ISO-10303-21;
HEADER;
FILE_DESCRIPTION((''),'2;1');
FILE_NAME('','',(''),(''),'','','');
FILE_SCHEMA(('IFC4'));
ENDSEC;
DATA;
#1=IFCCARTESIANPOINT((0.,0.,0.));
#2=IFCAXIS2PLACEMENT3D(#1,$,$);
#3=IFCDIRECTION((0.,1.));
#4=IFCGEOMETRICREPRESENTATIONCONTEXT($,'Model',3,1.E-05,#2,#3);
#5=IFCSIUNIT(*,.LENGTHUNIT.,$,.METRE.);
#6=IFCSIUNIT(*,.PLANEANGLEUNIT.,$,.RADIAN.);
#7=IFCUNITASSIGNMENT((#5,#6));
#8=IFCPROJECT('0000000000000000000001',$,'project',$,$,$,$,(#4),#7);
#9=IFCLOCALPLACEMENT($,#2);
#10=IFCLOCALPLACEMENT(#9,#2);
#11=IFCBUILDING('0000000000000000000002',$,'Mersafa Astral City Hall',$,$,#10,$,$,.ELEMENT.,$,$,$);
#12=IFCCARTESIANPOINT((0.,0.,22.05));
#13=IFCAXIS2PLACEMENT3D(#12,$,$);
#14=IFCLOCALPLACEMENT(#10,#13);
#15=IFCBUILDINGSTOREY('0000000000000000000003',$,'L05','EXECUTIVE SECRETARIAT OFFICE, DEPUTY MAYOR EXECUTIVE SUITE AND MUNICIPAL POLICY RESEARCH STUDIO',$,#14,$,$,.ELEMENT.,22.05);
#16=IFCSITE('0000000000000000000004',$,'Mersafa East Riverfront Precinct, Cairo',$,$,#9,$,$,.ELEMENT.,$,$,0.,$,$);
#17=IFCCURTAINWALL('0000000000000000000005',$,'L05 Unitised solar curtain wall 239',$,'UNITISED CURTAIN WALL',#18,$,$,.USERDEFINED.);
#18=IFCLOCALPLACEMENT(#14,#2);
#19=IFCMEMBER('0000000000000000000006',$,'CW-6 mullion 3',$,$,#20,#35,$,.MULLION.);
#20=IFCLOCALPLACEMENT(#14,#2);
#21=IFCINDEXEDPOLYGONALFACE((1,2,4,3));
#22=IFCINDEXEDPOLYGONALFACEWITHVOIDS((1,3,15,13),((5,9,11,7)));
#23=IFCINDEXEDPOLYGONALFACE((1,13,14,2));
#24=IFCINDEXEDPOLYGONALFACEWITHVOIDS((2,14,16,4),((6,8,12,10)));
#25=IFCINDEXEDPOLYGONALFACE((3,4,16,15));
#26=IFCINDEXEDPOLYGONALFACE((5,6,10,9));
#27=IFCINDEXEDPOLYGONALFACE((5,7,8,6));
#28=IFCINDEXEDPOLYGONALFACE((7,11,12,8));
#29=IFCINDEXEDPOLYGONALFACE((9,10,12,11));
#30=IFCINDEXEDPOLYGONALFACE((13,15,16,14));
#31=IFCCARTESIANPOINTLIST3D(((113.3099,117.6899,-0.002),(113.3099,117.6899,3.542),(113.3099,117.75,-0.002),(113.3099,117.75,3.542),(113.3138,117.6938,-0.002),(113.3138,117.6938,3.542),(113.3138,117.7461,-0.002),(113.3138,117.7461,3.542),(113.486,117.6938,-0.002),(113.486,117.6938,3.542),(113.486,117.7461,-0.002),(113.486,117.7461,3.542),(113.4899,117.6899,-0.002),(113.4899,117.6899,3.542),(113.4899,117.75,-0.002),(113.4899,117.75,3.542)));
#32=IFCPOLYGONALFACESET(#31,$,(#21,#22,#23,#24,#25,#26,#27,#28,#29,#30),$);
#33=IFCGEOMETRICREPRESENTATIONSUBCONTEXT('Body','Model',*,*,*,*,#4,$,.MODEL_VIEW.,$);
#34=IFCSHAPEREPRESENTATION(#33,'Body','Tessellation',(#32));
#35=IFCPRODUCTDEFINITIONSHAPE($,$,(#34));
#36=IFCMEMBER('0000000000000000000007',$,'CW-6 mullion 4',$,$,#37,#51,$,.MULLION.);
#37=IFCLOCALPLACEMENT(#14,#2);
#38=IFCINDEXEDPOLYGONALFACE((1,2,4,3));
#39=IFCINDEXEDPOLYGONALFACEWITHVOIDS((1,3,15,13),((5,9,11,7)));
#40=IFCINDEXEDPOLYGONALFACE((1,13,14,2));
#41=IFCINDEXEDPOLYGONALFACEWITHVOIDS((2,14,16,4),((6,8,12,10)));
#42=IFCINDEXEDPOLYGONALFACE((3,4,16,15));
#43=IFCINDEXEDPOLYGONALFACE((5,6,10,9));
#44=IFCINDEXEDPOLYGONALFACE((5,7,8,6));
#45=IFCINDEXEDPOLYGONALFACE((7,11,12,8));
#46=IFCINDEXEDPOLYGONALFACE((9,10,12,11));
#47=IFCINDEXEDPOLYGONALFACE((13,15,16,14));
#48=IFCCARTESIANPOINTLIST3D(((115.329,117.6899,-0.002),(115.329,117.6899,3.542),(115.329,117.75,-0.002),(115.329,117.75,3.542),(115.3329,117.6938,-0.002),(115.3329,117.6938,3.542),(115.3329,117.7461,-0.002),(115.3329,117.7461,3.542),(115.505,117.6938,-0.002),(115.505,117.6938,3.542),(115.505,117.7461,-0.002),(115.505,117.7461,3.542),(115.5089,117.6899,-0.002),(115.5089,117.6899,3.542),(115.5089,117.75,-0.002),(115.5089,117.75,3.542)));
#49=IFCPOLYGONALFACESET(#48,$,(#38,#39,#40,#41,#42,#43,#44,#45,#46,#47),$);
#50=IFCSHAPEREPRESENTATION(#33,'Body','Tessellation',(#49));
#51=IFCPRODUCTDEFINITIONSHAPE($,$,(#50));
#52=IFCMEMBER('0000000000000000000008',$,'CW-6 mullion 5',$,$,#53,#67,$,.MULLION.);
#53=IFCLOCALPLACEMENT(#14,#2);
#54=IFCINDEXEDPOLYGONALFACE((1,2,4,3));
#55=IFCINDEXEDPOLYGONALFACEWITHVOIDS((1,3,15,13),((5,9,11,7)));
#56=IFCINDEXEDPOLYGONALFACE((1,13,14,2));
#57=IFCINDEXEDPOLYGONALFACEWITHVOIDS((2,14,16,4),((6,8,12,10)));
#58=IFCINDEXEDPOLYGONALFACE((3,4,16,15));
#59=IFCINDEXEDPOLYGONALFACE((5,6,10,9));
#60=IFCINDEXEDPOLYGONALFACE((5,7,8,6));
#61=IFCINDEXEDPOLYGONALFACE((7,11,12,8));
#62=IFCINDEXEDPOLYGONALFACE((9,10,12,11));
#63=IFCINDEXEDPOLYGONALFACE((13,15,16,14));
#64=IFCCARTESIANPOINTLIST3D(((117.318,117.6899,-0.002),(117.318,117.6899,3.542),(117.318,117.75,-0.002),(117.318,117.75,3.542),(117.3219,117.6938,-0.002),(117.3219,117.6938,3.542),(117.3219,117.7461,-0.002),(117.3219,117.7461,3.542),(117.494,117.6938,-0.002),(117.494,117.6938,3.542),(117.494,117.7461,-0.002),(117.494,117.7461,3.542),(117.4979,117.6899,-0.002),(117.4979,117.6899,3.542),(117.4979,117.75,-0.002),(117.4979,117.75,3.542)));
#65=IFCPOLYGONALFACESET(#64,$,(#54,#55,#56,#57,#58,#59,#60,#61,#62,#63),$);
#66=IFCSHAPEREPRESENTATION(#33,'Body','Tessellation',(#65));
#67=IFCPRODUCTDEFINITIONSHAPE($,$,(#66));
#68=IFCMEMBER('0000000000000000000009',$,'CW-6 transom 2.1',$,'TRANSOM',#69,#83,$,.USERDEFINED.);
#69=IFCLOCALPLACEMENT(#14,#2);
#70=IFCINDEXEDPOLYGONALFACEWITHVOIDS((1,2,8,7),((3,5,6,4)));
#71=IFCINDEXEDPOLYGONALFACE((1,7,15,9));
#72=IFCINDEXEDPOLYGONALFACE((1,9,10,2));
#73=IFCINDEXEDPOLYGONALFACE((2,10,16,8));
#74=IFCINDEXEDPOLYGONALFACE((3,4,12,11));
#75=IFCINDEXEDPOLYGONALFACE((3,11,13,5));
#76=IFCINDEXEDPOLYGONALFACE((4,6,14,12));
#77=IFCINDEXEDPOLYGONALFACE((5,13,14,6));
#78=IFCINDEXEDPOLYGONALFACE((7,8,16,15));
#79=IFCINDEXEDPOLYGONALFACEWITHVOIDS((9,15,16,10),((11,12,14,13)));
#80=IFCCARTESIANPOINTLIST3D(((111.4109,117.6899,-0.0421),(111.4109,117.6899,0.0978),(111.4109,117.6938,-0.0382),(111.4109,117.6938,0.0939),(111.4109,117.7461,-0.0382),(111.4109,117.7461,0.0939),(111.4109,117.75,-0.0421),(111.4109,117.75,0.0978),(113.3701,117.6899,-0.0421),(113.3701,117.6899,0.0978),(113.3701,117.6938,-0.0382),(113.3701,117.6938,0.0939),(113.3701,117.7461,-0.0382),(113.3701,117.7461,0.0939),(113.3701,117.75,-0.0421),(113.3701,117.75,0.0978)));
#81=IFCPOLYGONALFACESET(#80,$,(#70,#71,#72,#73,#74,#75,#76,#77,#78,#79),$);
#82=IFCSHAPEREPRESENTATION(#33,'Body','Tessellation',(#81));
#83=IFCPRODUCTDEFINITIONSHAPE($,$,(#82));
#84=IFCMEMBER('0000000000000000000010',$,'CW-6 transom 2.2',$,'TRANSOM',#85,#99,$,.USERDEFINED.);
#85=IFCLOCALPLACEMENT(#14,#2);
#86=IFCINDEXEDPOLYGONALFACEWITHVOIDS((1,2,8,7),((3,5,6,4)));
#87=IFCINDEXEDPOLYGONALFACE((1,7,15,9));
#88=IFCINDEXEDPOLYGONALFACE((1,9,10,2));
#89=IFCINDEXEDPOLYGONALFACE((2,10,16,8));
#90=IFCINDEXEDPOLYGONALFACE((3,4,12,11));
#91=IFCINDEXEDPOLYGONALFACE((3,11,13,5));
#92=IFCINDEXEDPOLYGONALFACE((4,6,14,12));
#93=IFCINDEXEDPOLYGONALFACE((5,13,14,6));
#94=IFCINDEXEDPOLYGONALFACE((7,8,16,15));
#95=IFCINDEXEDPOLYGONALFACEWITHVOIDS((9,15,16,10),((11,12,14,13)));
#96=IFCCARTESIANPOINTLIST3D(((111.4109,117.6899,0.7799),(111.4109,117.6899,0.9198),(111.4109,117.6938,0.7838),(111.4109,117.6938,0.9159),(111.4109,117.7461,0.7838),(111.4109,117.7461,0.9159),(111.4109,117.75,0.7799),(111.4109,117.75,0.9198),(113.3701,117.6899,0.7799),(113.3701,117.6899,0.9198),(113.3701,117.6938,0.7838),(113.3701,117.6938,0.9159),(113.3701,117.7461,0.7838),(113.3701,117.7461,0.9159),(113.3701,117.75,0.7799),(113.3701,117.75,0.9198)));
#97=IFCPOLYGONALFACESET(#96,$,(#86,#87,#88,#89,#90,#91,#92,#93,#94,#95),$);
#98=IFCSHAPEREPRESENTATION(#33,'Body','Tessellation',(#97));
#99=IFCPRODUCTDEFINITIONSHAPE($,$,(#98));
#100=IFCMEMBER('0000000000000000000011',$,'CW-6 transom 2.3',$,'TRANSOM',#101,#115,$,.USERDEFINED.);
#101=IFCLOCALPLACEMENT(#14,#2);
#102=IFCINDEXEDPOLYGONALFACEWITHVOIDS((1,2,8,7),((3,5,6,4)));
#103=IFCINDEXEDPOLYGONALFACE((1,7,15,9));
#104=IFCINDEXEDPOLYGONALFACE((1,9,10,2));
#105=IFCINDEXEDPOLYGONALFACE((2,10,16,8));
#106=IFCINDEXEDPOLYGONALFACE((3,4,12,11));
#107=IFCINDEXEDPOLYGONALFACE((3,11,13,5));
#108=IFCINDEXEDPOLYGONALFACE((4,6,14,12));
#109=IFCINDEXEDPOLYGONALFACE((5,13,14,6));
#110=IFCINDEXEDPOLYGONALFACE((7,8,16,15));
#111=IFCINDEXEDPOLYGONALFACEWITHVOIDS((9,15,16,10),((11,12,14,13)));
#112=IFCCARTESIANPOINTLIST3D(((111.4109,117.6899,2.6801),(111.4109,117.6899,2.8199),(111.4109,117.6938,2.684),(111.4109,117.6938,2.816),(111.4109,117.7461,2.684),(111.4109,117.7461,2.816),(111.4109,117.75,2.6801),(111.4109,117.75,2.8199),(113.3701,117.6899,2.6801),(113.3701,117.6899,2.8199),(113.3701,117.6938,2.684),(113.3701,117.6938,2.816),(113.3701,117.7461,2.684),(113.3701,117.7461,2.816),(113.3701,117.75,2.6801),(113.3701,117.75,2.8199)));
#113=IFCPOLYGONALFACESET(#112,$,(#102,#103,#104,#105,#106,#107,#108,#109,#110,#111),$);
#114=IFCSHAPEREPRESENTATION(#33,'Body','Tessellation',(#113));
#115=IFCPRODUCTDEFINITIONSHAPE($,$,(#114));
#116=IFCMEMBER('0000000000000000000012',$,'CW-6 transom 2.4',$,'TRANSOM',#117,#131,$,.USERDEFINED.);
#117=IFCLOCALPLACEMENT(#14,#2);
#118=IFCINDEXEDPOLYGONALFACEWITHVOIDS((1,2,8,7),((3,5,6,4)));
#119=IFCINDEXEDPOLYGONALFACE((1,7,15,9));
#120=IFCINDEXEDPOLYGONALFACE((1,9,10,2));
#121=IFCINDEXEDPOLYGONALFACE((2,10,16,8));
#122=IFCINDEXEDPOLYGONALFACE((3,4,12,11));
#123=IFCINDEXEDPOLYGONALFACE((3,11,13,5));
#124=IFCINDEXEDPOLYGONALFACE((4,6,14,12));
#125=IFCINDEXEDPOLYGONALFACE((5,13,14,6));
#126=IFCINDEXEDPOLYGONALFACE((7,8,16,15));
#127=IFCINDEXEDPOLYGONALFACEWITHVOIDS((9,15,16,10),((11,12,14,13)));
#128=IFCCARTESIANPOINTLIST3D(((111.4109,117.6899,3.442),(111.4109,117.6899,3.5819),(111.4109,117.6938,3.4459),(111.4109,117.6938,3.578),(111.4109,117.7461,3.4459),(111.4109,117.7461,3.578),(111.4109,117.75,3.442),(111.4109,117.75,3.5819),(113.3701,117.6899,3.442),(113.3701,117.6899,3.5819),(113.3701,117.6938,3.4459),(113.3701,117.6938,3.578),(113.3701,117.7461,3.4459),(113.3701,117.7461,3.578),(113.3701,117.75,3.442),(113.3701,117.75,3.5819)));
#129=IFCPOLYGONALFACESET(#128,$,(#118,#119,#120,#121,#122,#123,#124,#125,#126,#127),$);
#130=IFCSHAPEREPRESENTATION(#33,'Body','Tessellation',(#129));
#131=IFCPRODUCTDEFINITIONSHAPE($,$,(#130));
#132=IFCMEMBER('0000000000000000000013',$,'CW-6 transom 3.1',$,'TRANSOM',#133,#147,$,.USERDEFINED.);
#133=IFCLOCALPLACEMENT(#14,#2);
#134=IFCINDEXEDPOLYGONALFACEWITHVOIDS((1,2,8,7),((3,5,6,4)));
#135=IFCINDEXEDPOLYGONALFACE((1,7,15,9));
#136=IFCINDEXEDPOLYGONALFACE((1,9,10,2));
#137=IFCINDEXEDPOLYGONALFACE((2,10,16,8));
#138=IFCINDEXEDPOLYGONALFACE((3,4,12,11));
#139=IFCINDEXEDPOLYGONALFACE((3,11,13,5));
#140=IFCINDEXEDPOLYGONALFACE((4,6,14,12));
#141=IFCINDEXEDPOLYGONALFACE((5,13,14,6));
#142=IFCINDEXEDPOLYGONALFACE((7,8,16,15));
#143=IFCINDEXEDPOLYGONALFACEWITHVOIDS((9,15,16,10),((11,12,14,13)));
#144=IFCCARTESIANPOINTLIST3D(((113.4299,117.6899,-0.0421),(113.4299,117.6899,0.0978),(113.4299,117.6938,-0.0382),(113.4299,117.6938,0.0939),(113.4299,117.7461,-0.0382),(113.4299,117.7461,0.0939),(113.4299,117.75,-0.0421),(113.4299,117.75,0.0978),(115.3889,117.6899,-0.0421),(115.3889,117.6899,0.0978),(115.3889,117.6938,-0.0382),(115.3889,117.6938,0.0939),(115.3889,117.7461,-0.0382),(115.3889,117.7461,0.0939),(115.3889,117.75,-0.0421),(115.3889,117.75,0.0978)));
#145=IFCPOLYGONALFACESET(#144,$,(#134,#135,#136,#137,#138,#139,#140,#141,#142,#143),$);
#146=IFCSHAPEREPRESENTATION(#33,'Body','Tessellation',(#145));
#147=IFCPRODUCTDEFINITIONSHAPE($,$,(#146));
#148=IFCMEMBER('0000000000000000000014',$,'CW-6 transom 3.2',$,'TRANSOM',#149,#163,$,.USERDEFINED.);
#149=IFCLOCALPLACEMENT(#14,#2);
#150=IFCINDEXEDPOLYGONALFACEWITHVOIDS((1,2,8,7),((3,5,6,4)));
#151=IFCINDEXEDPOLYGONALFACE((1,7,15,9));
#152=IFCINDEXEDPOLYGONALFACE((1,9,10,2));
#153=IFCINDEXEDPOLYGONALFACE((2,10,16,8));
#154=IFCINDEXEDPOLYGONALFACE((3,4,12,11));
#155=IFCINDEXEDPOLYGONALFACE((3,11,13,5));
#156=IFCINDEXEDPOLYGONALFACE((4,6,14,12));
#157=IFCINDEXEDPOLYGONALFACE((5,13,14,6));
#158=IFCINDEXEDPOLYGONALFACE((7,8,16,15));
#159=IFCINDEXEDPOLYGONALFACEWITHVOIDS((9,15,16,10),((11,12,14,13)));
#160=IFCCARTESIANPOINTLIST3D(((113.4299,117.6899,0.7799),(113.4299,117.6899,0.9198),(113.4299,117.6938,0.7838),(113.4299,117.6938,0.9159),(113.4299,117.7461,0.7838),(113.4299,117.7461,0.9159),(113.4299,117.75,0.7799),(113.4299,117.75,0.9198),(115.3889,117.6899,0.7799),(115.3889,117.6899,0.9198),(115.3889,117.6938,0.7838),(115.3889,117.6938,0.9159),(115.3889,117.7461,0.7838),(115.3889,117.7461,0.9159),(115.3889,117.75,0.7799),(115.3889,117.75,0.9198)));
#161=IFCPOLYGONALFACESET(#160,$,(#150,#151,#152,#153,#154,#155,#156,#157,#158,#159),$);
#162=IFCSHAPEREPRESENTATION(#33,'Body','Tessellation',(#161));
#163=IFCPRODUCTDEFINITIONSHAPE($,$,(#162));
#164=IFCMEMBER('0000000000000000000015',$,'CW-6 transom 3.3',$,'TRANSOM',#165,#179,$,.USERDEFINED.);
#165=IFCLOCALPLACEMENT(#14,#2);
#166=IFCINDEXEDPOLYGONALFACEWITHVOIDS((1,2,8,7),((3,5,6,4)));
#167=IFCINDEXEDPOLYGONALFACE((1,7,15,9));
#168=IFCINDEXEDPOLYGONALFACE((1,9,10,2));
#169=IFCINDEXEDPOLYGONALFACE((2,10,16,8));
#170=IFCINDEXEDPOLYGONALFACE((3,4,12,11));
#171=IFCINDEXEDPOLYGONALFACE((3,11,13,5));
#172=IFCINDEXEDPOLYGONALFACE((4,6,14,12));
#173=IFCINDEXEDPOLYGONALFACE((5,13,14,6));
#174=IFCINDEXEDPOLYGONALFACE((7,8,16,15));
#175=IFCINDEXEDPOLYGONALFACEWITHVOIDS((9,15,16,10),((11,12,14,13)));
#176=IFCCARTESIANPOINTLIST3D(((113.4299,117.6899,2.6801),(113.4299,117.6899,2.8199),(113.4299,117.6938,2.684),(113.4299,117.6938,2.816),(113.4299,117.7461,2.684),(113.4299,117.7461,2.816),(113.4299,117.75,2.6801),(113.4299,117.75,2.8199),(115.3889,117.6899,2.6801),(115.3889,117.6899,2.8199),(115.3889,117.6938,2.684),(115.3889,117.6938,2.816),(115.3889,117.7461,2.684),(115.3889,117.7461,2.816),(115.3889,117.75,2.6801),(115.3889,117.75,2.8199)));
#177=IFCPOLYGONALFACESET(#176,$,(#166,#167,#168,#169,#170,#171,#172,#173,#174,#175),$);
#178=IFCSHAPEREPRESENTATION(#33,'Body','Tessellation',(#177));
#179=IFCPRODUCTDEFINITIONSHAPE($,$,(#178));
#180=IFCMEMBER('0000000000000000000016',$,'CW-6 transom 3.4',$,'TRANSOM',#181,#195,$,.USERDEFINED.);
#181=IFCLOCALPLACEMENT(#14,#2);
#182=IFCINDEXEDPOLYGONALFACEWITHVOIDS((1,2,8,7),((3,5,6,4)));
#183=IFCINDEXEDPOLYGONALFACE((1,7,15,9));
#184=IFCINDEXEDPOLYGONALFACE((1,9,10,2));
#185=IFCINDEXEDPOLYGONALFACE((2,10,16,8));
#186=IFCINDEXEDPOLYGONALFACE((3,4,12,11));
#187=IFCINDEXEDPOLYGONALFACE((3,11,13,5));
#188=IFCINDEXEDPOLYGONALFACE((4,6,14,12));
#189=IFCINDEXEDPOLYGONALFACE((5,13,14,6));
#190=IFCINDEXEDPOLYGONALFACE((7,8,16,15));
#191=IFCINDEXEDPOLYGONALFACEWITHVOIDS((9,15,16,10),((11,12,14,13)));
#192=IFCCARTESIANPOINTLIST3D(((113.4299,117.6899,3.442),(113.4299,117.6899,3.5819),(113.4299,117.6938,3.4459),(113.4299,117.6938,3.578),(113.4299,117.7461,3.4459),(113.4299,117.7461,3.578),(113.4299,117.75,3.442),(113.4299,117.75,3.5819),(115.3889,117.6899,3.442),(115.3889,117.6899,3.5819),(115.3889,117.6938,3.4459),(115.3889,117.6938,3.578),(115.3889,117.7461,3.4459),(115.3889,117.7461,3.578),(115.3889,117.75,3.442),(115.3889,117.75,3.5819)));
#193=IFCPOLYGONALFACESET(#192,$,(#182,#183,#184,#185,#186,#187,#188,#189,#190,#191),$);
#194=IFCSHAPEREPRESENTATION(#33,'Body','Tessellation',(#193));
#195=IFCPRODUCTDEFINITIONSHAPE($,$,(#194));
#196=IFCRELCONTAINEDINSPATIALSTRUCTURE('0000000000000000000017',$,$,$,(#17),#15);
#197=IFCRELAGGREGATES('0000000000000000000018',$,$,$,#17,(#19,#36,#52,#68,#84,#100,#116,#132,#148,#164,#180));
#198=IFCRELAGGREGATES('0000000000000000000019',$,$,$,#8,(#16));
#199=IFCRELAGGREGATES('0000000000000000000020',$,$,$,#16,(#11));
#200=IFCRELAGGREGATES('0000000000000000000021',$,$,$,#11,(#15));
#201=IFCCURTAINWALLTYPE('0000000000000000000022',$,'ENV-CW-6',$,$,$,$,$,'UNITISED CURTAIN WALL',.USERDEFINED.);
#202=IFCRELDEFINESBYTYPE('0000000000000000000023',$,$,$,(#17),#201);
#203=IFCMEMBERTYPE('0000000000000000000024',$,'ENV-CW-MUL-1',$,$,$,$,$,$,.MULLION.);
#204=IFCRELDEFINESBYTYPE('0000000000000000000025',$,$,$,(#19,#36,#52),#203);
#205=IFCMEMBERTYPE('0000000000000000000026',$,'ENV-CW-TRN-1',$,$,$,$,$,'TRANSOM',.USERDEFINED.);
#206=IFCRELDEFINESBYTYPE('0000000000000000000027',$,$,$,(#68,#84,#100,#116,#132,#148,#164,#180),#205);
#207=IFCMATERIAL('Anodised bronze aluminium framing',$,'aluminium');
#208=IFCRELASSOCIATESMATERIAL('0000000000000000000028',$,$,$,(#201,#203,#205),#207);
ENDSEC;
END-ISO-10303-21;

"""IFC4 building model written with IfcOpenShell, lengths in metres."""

from ifc_helpers import new_model, si_unit, direction, frame, origin, origin_2d, place, context, subcontext, project, spatial, hollow_rectangle, extrude, material, material_profile, profile_set, type_object, element, aggregate, save


model = new_model("IFC4")

# Units and contexts
model_context = context("Model", 3, precision=1e-05, world=origin(), true_north=direction((0.0, 1.0)))
body_context = subcontext(model_context, "Body", "Model", "MODEL_VIEW")
ifc_project = project(units=[si_unit("LENGTHUNIT", "METRE"), si_unit("PLANEANGLEUNIT", "RADIAN")], contexts=[model_context])

# Site, building, storey
site_placement = place(None, origin())
site = spatial("IfcSite", under=ifc_project, at=site_placement, Name="Mersafa East Riverfront Precinct, Cairo", CompositionType="ELEMENT", RefElevation=0.0)
building_placement = place(site_placement, origin())
building = spatial("IfcBuilding", under=site, at=building_placement, Name="Mersafa Astral City Hall", CompositionType="ELEMENT")
storey_placement = place(building_placement, frame((0.0, 0.0, 22.05)))
storey = spatial("IfcBuildingStorey", under=building, at=storey_placement, Name="L05", Description="EXECUTIVE SECRETARIAT OFFICE, DEPUTY MAYOR EXECUTIVE SUITE AND MUNICIPAL POLICY RESEARCH STUDIO", CompositionType="ELEMENT", Elevation=22.05)

# Curtain wall, members
ifc_material_1 = material(Name="Anodised bronze aluminium framing", Category="aluminium")
curtain_wall_type = type_object("IfcCurtainWallType", Name="ENV-CW-6", ElementType="UNITISED CURTAIN WALL", PredefinedType="USERDEFINED", material=ifc_material_1)
curtain_wall_placement = place(storey_placement, origin())
curtain_wall = element("IfcCurtainWall", 1, at=curtain_wall_placement, inside=storey, type_object=curtain_wall_type, Name="L05 Unitised solar curtain wall 239", ObjectType="UNITISED CURTAIN WALL", PredefinedType="USERDEFINED")
ifc_material_profile_1 = material_profile(ifc_material_1, hollow_rectangle(XDim=0.0601, YDim=0.1799, WallThickness=0.0039, at=origin_2d()), Name="RHS 60x180x4")
ifc_profile_set_1 = profile_set([ifc_material_profile_1], Name="Anodised bronze aluminium framing")
member_type_1 = type_object("IfcMemberType", Name="ENV-CW-MUL-1", PredefinedType="MULLION", material=ifc_profile_set_1)
member_1_placement = place(storey_placement, frame((113.3999, 117.72, -0.002), z_axis=(0.0, 0.0, 1.0), x_axis=(0.0, 1.0, 0.0)))
member_1 = element("IfcMember", 2, at=member_1_placement, type_object=member_type_1, Name="CW-6 mullion 3", PredefinedType="MULLION", context=body_context, shape_type="SweptSolid", body=[
    extrude(hollow_rectangle(XDim=0.0601, YDim=0.1799, WallThickness=0.0039, at=origin_2d()), origin(), (0.0, 0.0, 1.0), 3.5439),
])
member_2_placement = place(storey_placement, frame((115.4189, 117.72, -0.002), z_axis=(0.0, 0.0, 1.0), x_axis=(0.0, 1.0, 0.0)))
member_2 = element("IfcMember", 3, at=member_2_placement, type_object=member_type_1, Name="CW-6 mullion 4", PredefinedType="MULLION", context=body_context, shape_type="SweptSolid", body=[
    extrude(hollow_rectangle(XDim=0.0601, YDim=0.1799, WallThickness=0.0039, at=origin_2d()), origin(), (0.0, 0.0, 1.0), 3.5439),
])
member_3_placement = place(storey_placement, frame((117.408, 117.72, -0.002), z_axis=(0.0, 0.0, 1.0), x_axis=(0.0, 1.0, 0.0)))
member_3 = element("IfcMember", 4, at=member_3_placement, type_object=member_type_1, Name="CW-6 mullion 5", PredefinedType="MULLION", context=body_context, shape_type="SweptSolid", body=[
    extrude(hollow_rectangle(XDim=0.0601, YDim=0.1799, WallThickness=0.0039, at=origin_2d()), origin(), (0.0, 0.0, 1.0), 3.5439),
])
ifc_material_profile_2 = material_profile(ifc_material_1, hollow_rectangle(XDim=0.0601, YDim=0.1399, WallThickness=0.0039, at=origin_2d()), Name="RHS 60x140x4")
ifc_profile_set_2 = profile_set([ifc_material_profile_2], Name="Anodised bronze aluminium framing")
member_type_2 = type_object("IfcMemberType", Name="ENV-CW-TRN-1", ElementType="TRANSOM", PredefinedType="USERDEFINED", material=ifc_profile_set_2)
member_4_placement = place(storey_placement, frame((111.4109, 117.72, 0.0278), z_axis=(1.0, 0.0, 0.0), x_axis=(0.0, 1.0, 0.0)))
member_4 = element("IfcMember", 5, at=member_4_placement, type_object=member_type_2, Name="CW-6 transom 2.1", ObjectType="TRANSOM", PredefinedType="USERDEFINED", context=body_context, shape_type="SweptSolid", body=[
    extrude(hollow_rectangle(XDim=0.0601, YDim=0.1399, WallThickness=0.0039, at=origin_2d()), origin(), (0.0, 0.0, 1.0), 1.9592),
])
member_5_placement = place(storey_placement, frame((111.4109, 117.72, 0.8499), z_axis=(1.0, 0.0, 0.0), x_axis=(0.0, 1.0, 0.0)))
member_5 = element("IfcMember", 6, at=member_5_placement, type_object=member_type_2, Name="CW-6 transom 2.2", ObjectType="TRANSOM", PredefinedType="USERDEFINED", context=body_context, shape_type="SweptSolid", body=[
    extrude(hollow_rectangle(XDim=0.0601, YDim=0.1399, WallThickness=0.0039, at=origin_2d()), origin(), (0.0, 0.0, 1.0), 1.9592),
])
member_6_placement = place(storey_placement, frame((111.4109, 117.72, 2.75), z_axis=(1.0, 0.0, 0.0), x_axis=(0.0, 1.0, 0.0)))
member_6 = element("IfcMember", 7, at=member_6_placement, type_object=member_type_2, Name="CW-6 transom 2.3", ObjectType="TRANSOM", PredefinedType="USERDEFINED", context=body_context, shape_type="SweptSolid", body=[
    extrude(hollow_rectangle(XDim=0.0601, YDim=0.1399, WallThickness=0.0039, at=origin_2d()), origin(), (0.0, 0.0, 1.0), 1.9592),
])
member_7_placement = place(storey_placement, frame((111.4109, 117.72, 3.512), z_axis=(1.0, 0.0, 0.0), x_axis=(0.0, 1.0, 0.0)))
member_7 = element("IfcMember", 8, at=member_7_placement, type_object=member_type_2, Name="CW-6 transom 2.4", ObjectType="TRANSOM", PredefinedType="USERDEFINED", context=body_context, shape_type="SweptSolid", body=[
    extrude(hollow_rectangle(XDim=0.0601, YDim=0.1399, WallThickness=0.0039, at=origin_2d()), origin(), (0.0, 0.0, 1.0), 1.9592),
])
member_8_placement = place(storey_placement, frame((113.4299, 117.72, 0.0278), z_axis=(1.0, 0.0, 0.0), x_axis=(0.0, 1.0, 0.0)))
member_8 = element("IfcMember", 9, at=member_8_placement, type_object=member_type_2, Name="CW-6 transom 3.1", ObjectType="TRANSOM", PredefinedType="USERDEFINED", context=body_context, shape_type="SweptSolid", body=[
    extrude(hollow_rectangle(XDim=0.0601, YDim=0.1399, WallThickness=0.0039, at=origin_2d()), origin(), (0.0, 0.0, 1.0), 1.959),
])
member_9_placement = place(storey_placement, frame((113.4299, 117.72, 0.8499), z_axis=(1.0, 0.0, 0.0), x_axis=(0.0, 1.0, 0.0)))
member_9 = element("IfcMember", 10, at=member_9_placement, type_object=member_type_2, Name="CW-6 transom 3.2", ObjectType="TRANSOM", PredefinedType="USERDEFINED", context=body_context, shape_type="SweptSolid", body=[
    extrude(hollow_rectangle(XDim=0.0601, YDim=0.1399, WallThickness=0.0039, at=origin_2d()), origin(), (0.0, 0.0, 1.0), 1.959),
])
member_10_placement = place(storey_placement, frame((113.4299, 117.72, 2.75), z_axis=(1.0, 0.0, 0.0), x_axis=(0.0, 1.0, 0.0)))
member_10 = element("IfcMember", 11, at=member_10_placement, type_object=member_type_2, Name="CW-6 transom 3.3", ObjectType="TRANSOM", PredefinedType="USERDEFINED", context=body_context, shape_type="SweptSolid", body=[
    extrude(hollow_rectangle(XDim=0.0601, YDim=0.1399, WallThickness=0.0039, at=origin_2d()), origin(), (0.0, 0.0, 1.0), 1.959),
])
member_11_placement = place(storey_placement, frame((113.4299, 117.72, 3.512), z_axis=(1.0, 0.0, 0.0), x_axis=(0.0, 1.0, 0.0)))
member_11 = element("IfcMember", 12, at=member_11_placement, type_object=member_type_2, Name="CW-6 transom 3.4", ObjectType="TRANSOM", PredefinedType="USERDEFINED", context=body_context, shape_type="SweptSolid", body=[
    extrude(hollow_rectangle(XDim=0.0601, YDim=0.1399, WallThickness=0.0039, at=origin_2d()), origin(), (0.0, 0.0, 1.0), 1.959),
])

aggregate(curtain_wall, [member_1, member_2, member_3, member_4, member_5, member_6, member_7, member_8, member_9, member_10, member_11])

save(model, "model.ifc")
